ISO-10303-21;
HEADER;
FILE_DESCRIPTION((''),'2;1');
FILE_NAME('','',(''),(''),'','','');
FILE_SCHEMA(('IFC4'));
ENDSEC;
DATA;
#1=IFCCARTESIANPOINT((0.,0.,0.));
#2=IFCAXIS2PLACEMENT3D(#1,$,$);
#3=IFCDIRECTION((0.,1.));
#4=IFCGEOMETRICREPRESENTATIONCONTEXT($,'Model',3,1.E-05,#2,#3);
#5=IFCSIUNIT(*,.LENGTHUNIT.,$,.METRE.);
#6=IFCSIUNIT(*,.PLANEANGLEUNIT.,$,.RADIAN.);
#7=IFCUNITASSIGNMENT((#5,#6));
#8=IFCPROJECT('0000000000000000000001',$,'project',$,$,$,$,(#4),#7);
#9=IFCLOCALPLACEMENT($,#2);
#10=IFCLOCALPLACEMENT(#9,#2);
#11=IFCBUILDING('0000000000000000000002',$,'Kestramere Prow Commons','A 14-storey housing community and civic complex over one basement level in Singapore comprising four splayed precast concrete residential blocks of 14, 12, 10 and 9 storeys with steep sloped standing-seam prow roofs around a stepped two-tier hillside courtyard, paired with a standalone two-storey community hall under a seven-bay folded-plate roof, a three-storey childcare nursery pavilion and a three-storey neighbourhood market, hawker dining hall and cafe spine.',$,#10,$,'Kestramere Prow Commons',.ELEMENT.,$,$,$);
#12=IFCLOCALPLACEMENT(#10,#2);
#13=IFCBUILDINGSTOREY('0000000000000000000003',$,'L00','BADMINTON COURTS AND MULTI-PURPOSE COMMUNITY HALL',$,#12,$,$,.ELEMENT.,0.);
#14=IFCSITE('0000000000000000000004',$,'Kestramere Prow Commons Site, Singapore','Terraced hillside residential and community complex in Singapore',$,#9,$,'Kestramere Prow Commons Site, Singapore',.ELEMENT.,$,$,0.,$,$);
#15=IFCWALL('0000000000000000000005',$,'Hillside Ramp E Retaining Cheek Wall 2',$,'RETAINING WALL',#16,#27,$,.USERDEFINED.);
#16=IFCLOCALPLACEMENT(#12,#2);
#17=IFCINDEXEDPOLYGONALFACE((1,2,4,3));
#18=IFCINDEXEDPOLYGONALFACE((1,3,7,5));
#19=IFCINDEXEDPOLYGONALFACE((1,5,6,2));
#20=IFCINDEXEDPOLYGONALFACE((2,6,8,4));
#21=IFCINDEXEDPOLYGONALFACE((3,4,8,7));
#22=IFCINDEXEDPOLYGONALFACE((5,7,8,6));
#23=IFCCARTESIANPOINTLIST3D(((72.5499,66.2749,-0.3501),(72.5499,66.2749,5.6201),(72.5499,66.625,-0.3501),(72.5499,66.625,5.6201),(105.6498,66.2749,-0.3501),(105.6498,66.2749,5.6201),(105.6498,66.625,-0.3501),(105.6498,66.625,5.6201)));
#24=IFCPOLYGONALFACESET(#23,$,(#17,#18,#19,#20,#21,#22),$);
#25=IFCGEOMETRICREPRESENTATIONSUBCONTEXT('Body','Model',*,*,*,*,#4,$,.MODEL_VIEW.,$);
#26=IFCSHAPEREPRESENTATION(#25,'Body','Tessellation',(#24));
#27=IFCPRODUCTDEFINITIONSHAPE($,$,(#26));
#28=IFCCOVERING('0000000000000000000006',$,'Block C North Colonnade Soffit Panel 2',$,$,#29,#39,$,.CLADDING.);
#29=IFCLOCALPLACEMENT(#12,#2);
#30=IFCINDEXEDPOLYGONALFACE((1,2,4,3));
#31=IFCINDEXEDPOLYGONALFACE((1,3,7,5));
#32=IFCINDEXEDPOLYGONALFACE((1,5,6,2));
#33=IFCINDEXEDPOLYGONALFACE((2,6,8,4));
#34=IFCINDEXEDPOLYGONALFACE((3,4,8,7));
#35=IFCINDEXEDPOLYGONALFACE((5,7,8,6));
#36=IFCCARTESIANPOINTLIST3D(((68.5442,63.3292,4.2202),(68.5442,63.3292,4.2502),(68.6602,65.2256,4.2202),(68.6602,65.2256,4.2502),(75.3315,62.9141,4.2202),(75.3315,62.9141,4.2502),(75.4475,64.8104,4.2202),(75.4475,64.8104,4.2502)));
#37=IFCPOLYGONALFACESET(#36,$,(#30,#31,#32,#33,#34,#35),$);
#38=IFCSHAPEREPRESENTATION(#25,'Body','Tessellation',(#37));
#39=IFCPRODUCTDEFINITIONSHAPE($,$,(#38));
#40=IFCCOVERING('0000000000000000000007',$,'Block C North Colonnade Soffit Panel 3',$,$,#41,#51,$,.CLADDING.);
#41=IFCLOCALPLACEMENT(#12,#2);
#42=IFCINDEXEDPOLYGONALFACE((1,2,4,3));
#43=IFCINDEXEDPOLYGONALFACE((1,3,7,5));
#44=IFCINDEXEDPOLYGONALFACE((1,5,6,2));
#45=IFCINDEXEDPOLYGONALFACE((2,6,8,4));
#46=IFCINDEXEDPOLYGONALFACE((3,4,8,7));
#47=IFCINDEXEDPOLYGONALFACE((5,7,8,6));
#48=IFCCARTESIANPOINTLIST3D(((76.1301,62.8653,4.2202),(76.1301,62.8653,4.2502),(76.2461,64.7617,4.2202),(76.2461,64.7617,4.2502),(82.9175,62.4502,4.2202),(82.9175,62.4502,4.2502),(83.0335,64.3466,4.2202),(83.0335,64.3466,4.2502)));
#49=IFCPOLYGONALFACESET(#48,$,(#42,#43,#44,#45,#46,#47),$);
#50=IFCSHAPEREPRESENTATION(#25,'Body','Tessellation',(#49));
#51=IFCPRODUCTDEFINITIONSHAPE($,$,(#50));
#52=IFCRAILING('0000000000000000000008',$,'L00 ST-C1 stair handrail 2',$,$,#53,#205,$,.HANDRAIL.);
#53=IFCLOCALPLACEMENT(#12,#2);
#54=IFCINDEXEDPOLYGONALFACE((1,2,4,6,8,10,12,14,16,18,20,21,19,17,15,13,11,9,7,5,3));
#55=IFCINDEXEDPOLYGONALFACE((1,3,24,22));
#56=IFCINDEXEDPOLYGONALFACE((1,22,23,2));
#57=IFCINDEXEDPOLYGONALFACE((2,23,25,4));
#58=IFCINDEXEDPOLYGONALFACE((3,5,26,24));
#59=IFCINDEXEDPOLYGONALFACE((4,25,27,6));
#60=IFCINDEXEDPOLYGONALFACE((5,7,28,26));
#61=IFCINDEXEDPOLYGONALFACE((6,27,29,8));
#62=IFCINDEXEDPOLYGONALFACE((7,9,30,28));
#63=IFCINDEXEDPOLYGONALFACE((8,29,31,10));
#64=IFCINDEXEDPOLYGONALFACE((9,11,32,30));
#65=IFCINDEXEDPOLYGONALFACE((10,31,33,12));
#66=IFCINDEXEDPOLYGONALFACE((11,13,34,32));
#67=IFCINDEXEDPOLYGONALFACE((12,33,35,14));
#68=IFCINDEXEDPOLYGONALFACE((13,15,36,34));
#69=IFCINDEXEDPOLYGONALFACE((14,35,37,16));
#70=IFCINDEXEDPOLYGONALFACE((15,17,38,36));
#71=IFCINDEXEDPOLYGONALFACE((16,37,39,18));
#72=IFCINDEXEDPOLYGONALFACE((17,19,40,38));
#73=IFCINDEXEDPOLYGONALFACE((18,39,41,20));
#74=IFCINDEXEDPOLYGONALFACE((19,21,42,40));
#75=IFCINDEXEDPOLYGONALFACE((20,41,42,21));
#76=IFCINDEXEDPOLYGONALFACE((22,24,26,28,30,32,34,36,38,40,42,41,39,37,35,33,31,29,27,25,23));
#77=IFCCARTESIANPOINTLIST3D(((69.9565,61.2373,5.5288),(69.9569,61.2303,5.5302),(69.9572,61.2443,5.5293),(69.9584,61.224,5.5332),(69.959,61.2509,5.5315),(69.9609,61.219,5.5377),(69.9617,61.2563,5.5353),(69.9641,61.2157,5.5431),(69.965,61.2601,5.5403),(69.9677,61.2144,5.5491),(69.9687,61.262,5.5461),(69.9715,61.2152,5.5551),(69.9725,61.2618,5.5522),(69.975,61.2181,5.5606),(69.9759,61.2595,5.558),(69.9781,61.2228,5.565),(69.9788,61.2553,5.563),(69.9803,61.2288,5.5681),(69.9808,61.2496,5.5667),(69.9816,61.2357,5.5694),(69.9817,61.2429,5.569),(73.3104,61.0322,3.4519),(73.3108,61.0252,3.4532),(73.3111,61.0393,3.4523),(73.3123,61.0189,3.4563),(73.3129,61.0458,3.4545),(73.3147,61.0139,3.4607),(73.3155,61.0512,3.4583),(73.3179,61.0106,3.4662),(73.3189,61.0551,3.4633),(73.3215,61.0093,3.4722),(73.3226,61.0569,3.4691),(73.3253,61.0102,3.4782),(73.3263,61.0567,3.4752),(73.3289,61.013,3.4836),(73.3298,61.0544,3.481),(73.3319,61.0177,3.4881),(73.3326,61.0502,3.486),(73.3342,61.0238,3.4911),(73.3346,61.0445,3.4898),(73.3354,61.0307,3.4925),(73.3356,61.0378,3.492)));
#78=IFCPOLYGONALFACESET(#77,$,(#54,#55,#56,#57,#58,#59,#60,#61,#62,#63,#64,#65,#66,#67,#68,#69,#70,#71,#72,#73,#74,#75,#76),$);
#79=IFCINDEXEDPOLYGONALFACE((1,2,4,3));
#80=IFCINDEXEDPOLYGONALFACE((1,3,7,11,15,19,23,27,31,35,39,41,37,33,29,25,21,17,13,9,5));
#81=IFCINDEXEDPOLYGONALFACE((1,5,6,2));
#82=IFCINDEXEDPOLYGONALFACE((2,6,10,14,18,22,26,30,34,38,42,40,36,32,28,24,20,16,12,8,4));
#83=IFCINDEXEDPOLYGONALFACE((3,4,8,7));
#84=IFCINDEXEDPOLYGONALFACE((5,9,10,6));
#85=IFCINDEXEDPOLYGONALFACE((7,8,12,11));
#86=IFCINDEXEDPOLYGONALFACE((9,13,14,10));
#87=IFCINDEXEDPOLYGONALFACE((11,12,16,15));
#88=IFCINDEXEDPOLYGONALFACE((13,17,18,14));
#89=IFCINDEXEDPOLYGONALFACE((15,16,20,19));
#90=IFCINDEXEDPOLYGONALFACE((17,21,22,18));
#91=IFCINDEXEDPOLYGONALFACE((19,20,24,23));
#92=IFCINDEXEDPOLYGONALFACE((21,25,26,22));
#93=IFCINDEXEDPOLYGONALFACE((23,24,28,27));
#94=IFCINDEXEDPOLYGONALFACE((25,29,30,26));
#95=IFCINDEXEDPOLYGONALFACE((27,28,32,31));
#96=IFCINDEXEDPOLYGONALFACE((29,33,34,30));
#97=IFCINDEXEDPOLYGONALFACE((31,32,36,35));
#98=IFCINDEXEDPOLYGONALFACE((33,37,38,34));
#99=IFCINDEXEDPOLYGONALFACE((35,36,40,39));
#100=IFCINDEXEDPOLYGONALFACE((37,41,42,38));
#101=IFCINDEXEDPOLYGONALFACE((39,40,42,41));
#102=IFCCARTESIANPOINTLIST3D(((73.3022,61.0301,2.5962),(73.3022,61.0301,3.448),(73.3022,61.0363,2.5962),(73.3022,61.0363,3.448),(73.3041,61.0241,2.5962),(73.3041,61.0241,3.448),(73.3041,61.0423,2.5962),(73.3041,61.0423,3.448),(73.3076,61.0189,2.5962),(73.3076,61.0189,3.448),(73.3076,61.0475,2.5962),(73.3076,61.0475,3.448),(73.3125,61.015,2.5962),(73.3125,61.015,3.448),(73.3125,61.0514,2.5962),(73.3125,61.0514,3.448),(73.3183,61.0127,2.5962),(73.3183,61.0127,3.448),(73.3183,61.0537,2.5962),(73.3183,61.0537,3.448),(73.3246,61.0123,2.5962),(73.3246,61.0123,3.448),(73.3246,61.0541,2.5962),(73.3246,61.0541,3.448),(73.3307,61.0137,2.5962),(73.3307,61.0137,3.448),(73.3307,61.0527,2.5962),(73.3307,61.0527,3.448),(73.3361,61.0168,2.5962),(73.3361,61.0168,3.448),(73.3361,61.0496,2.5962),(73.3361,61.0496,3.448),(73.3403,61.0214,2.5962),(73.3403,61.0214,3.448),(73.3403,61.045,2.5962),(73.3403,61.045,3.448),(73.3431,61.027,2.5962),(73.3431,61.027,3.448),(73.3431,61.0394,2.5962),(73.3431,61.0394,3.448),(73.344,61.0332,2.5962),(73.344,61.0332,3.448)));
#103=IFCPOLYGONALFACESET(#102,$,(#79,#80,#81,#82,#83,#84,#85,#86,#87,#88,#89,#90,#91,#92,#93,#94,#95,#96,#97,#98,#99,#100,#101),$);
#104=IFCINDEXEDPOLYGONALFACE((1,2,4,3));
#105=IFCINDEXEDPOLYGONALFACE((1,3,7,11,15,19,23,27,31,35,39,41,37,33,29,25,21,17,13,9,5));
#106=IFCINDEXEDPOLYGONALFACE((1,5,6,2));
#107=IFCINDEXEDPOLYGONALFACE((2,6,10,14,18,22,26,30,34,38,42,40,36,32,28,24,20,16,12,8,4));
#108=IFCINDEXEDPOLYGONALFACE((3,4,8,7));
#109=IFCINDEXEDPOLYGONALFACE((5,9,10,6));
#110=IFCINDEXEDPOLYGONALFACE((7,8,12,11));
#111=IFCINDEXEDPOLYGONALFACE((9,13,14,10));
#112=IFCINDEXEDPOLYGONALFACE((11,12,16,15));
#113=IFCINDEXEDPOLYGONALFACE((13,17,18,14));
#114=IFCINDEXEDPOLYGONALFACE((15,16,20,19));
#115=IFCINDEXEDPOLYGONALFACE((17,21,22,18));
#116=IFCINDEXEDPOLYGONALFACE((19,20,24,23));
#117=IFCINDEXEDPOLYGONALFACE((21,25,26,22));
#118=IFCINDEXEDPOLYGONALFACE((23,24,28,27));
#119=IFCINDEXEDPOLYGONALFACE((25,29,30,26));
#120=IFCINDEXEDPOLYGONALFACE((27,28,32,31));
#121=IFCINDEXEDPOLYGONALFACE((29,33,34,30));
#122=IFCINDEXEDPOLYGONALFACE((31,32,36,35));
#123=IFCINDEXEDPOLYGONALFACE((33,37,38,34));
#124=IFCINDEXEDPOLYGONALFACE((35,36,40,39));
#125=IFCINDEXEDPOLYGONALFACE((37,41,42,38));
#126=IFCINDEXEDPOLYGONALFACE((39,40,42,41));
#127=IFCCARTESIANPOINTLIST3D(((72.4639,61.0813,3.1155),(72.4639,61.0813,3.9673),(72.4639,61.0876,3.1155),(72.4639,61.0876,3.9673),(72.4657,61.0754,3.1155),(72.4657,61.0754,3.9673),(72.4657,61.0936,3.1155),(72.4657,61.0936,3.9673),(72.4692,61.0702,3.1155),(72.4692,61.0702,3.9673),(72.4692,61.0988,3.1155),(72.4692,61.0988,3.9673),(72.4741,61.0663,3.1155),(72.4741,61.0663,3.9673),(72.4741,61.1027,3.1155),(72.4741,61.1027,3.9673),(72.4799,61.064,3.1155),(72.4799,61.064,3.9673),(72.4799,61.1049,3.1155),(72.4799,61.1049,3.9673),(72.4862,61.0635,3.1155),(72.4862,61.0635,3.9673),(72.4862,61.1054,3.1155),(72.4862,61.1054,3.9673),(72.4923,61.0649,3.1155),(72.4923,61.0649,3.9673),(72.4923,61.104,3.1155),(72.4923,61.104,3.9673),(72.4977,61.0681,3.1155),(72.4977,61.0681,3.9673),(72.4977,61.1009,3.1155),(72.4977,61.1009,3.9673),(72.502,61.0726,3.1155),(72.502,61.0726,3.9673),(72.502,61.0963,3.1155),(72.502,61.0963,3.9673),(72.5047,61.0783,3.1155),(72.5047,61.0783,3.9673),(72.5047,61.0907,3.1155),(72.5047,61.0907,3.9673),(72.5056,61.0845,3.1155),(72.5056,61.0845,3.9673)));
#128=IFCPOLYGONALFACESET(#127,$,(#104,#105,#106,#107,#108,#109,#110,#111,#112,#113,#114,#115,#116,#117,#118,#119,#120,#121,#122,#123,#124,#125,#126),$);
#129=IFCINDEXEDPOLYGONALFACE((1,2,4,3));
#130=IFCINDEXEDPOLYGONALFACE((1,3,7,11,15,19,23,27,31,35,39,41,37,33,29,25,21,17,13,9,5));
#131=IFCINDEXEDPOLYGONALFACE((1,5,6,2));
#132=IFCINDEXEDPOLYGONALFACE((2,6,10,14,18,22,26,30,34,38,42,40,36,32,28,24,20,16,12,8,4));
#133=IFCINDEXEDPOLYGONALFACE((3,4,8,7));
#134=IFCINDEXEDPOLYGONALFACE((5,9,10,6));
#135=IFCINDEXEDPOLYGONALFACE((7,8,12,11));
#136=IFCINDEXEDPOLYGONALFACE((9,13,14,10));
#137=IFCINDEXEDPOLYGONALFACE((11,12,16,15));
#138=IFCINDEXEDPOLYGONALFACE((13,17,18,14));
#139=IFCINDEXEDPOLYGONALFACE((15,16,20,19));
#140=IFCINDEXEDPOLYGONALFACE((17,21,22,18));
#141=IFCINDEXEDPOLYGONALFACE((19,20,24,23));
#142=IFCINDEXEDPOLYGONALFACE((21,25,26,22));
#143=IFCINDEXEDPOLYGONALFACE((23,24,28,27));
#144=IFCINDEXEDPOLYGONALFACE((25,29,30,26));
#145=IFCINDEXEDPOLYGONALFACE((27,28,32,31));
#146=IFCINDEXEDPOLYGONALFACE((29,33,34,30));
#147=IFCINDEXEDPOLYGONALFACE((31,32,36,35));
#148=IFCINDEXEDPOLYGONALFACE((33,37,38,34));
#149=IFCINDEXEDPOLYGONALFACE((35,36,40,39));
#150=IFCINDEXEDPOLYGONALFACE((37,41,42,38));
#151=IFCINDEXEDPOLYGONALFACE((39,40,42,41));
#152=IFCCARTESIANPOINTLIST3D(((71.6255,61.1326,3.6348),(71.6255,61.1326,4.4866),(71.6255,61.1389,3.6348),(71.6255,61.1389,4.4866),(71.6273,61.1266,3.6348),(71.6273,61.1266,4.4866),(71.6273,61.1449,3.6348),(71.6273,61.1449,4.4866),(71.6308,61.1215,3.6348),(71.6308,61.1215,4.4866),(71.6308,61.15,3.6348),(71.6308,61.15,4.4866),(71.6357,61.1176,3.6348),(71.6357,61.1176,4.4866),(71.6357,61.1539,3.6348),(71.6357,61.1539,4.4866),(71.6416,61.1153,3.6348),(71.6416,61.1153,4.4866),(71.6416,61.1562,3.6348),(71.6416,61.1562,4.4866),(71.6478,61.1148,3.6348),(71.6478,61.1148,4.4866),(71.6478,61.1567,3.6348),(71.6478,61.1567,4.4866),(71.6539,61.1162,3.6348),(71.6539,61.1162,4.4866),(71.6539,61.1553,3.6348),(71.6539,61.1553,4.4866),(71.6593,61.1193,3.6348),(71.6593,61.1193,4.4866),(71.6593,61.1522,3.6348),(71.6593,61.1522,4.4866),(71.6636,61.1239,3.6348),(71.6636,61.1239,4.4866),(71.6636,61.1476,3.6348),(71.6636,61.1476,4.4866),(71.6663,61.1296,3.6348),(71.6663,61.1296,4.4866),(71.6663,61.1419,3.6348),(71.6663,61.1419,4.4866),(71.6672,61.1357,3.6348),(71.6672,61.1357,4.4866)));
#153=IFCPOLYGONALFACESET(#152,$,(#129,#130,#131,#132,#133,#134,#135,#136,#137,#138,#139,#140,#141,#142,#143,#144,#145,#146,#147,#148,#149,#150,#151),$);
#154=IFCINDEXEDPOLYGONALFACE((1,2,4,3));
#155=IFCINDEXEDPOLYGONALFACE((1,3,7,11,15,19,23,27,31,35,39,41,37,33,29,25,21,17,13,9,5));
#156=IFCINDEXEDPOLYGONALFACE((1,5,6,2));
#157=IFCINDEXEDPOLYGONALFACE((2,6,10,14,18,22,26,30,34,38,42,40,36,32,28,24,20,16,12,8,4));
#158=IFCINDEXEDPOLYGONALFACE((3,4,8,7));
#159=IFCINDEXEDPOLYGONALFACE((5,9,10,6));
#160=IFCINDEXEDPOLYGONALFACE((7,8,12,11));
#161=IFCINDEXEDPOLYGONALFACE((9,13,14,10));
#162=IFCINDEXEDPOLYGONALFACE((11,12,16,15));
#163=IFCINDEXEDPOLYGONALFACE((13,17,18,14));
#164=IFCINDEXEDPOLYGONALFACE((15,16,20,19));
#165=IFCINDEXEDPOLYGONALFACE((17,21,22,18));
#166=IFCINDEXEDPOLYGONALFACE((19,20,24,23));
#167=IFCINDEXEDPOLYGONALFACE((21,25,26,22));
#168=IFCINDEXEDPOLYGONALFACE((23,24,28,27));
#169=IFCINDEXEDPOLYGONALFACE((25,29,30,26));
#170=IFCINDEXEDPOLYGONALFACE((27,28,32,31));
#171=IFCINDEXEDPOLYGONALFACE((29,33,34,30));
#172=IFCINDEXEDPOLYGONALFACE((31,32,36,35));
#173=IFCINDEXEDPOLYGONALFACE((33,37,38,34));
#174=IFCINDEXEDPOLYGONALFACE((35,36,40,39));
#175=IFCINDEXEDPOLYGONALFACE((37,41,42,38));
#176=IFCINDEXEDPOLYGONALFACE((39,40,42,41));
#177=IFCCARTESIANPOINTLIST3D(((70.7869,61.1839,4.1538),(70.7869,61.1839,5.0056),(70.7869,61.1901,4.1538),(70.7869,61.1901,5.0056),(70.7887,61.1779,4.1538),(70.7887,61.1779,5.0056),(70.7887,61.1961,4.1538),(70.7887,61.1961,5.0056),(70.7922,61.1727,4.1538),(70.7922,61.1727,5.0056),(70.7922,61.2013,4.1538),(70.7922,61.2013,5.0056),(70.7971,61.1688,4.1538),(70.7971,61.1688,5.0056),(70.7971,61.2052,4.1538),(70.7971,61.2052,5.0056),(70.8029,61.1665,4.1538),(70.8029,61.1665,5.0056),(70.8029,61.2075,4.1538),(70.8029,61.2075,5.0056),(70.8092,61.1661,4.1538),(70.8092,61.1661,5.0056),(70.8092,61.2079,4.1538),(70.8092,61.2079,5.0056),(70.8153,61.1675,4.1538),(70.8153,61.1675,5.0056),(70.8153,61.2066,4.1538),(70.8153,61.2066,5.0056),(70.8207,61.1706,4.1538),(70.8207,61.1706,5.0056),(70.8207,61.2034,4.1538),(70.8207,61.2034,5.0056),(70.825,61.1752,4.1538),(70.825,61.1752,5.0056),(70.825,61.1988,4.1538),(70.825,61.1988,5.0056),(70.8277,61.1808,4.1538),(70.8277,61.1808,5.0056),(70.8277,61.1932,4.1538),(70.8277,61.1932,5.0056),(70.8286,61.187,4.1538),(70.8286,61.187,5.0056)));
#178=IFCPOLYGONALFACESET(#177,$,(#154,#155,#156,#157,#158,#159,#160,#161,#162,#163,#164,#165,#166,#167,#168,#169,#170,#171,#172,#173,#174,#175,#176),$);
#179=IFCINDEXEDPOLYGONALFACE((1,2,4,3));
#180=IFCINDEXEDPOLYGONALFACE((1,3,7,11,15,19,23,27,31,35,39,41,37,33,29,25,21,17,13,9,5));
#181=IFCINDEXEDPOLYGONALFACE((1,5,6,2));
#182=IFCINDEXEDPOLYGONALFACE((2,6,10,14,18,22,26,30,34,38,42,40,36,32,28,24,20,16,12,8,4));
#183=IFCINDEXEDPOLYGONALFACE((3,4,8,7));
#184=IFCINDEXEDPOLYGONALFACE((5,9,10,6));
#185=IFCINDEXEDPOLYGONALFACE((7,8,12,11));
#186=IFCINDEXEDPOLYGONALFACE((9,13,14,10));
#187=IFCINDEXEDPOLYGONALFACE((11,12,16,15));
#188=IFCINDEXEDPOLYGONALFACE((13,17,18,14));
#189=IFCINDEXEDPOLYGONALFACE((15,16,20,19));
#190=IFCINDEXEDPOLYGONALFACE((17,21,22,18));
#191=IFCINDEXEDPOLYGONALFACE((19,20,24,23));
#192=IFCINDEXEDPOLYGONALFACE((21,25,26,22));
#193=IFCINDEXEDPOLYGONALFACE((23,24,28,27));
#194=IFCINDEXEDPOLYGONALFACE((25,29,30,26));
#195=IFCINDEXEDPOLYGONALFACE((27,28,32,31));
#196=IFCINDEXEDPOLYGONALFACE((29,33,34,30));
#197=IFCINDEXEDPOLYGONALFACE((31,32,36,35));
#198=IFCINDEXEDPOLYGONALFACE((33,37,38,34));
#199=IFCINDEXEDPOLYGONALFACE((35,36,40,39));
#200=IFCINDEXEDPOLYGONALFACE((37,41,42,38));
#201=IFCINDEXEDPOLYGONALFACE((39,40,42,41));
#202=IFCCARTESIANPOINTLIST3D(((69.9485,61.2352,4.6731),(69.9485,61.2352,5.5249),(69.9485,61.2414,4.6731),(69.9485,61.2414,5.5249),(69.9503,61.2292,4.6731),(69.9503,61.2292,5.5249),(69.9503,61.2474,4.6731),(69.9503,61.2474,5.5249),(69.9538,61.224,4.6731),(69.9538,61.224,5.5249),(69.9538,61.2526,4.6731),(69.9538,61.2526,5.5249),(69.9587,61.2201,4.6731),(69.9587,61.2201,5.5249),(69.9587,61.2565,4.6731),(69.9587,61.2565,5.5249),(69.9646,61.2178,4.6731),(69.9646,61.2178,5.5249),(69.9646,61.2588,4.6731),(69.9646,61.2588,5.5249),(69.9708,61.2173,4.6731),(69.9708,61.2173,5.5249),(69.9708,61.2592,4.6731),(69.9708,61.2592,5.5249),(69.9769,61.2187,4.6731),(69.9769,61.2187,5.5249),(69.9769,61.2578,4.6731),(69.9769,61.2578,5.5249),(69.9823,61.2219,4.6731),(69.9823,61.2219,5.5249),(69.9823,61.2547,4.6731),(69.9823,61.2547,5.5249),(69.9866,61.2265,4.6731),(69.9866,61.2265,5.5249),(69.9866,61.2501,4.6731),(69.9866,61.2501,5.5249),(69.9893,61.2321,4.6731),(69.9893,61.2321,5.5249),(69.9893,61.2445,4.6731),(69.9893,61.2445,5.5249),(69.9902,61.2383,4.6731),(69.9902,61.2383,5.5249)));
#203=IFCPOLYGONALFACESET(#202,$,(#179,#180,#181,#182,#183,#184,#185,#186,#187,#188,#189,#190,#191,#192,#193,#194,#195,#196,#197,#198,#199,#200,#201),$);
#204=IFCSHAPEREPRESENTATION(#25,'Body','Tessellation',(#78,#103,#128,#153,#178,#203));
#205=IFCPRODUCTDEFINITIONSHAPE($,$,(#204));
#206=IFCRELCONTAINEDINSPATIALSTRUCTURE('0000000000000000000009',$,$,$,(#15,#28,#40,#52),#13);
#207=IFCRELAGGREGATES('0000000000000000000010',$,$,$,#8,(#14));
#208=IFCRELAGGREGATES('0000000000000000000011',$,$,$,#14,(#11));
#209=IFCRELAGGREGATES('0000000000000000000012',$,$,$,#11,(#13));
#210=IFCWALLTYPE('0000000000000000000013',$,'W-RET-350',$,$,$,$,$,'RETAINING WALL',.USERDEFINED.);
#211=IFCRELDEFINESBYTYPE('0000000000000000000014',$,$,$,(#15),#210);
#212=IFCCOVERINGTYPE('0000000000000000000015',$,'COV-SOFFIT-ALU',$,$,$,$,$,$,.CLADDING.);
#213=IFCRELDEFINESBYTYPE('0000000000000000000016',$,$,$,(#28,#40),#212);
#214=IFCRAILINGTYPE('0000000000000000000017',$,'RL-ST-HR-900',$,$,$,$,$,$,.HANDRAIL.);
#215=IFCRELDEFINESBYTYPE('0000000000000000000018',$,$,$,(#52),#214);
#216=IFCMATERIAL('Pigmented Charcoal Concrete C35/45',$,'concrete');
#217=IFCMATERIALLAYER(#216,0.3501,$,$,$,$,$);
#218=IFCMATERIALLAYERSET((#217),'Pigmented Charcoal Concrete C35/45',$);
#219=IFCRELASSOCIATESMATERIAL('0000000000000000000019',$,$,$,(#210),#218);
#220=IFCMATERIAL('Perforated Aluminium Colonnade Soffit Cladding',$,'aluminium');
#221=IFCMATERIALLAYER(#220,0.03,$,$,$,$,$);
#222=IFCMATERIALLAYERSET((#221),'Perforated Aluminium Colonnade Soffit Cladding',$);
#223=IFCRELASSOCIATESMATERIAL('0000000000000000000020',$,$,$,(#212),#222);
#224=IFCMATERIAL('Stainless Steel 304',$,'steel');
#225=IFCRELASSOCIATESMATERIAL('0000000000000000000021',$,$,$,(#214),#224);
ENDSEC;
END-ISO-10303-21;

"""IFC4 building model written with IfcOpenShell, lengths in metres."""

from ifc_helpers import new_model, si_unit, direction, frame, frame_2d, origin, origin_2d, place, context, subcontext, project, spatial, rectangle, circle, extrude, material, layer, layer_set, type_object, element, save


model = new_model("IFC4")

# Units and contexts
model_context = context("Model", 3, precision=1e-05, world=origin(), true_north=direction((0.0, 1.0)))
body_context = subcontext(model_context, "Body", "Model", "MODEL_VIEW")
ifc_project = project(units=[si_unit("LENGTHUNIT", "METRE"), si_unit("PLANEANGLEUNIT", "RADIAN")], contexts=[model_context])

# Site, building, storey
site_placement = place(None, origin())
site = spatial("IfcSite", under=ifc_project, at=site_placement, Name="Kestramere Prow Commons Site, Singapore", Description="Terraced hillside residential and community complex in Singapore", LongName="Kestramere Prow Commons Site, Singapore", CompositionType="ELEMENT", RefElevation=0.0)
building_placement = place(site_placement, origin())
building = spatial("IfcBuilding", under=site, at=building_placement, Name="Kestramere Prow Commons", Description="A 14-storey housing community and civic complex over one basement level in Singapore comprising four splayed precast concrete residential blocks of 14, 12, 10 and 9 storeys with steep sloped standing-seam prow roofs around a stepped two-tier hillside courtyard, paired with a standalone two-storey community hall under a seven-bay folded-plate roof, a three-storey childcare nursery pavilion and a three-storey neighbourhood market, hawker dining hall and cafe spine.", LongName="Kestramere Prow Commons", CompositionType="ELEMENT")
storey_placement = place(building_placement, origin())
storey = spatial("IfcBuildingStorey", under=building, at=storey_placement, Name="L00", Description="BADMINTON COURTS AND MULTI-PURPOSE COMMUNITY HALL", CompositionType="ELEMENT", Elevation=0.0)

# Wall
ifc_material_1 = material(Name="Pigmented Charcoal Concrete C35/45", Category="concrete")
ifc_layer_1 = layer(ifc_material_1, 0.3501)
ifc_layer_set_1 = layer_set([ifc_layer_1], Name="Pigmented Charcoal Concrete C35/45")
wall_type_1 = type_object("IfcWallType", Name="W-RET-350", ElementType="RETAINING WALL", PredefinedType="USERDEFINED", material=ifc_layer_set_1)
wall_1_placement = place(storey_placement, frame((72.55, 66.45, -0.3501), z_axis=(0.0, 0.0, 1.0), x_axis=(1.0, 0.0, 0.0)))
element("IfcWall", 1, at=wall_1_placement, inside=storey, type_object=wall_type_1, Name="Hillside Ramp E Retaining Cheek Wall 2", ObjectType="RETAINING WALL", PredefinedType="USERDEFINED", context=body_context, shape_type="SweptSolid", body=[
    extrude(rectangle(XDim=33.0999, YDim=0.3501, at=frame_2d((16.5498, 0.0))), origin(), (0.0, 0.0, 1.0), 5.9702),
])

# Coverings
ifc_material_2 = material(Name="Perforated Aluminium Colonnade Soffit Cladding", Category="aluminium")
ifc_layer_2 = layer(ifc_material_2, 0.03)
ifc_layer_set_2 = layer_set([ifc_layer_2], Name="Perforated Aluminium Colonnade Soffit Cladding")
covering_type = type_object("IfcCoveringType", Name="COV-SOFFIT-ALU", PredefinedType="CLADDING", material=ifc_layer_set_2)
for number, where, z_axis, x_axis, name in (
    (2, (71.9958, 64.0698, 4.2202), (0.0, 0.0, 1.0), (0.998135, -0.061049, 0.0), "Block C North Colonnade Soffit Panel 2"),
    (3, (79.5818, 63.606, 4.2202), (0.0, 0.0, 1.0), (0.998135, -0.061049, 0.0), "Block C North Colonnade Soffit Panel 3"),
):
    element("IfcCovering", number, at=place(storey_placement, frame(where, z_axis=z_axis, x_axis=x_axis)), inside=storey, type_object=covering_type, Name=name, PredefinedType="CLADDING", context=body_context, shape_type="SweptSolid", body=[
        extrude(rectangle(XDim=6.8, YDim=1.8999, at=origin_2d()), origin(), (0.0, 0.0, 1.0), 0.03),
    ])

# Railing
ifc_material_3 = material(Name="Stainless Steel 304", Category="steel")
railing_type_1 = type_object("IfcRailingType", Name="RL-ST-HR-900", PredefinedType="HANDRAIL", material=ifc_material_3)
railing_1_placement = place(storey_placement, frame((73.323, 61.0332, 2.5962)))
element("IfcRailing", 4, at=railing_1_placement, inside=storey, type_object=railing_type_1, Name="L00 ST-C1 stair handrail 2", PredefinedType="HANDRAIL", context=body_context, shape_type="SweptSolid", body=[
    extrude(circle(Radius=0.0239, at=origin_2d()), frame((0.0, 0.0, 0.876), z_axis=(-0.849032, 0.051917, 0.525785), x_axis=(-0.061035, -0.998136, 0.0)), (0.0, 0.0, 1.0), 3.9502),
    extrude(circle(Radius=0.021, at=origin_2d()), origin(), (0.0, 0.0, 1.0), 0.8518),
    extrude(circle(Radius=0.021, at=origin_2d()), frame((-0.8384, 0.0513, 0.5193)), (0.0, 0.0, 1.0), 0.8518),
    extrude(circle(Radius=0.021, at=origin_2d()), frame((-1.6768, 0.1025, 1.0386)), (0.0, 0.0, 1.0), 0.8518),
    extrude(circle(Radius=0.021, at=origin_2d()), frame((-2.5154, 0.1538, 1.5576)), (0.0, 0.0, 1.0), 0.8518),
    extrude(circle(Radius=0.021, at=origin_2d()), frame((-3.3538, 0.2051, 2.0769)), (0.0, 0.0, 1.0), 0.8518),
])

save(model, "model.ifc")
